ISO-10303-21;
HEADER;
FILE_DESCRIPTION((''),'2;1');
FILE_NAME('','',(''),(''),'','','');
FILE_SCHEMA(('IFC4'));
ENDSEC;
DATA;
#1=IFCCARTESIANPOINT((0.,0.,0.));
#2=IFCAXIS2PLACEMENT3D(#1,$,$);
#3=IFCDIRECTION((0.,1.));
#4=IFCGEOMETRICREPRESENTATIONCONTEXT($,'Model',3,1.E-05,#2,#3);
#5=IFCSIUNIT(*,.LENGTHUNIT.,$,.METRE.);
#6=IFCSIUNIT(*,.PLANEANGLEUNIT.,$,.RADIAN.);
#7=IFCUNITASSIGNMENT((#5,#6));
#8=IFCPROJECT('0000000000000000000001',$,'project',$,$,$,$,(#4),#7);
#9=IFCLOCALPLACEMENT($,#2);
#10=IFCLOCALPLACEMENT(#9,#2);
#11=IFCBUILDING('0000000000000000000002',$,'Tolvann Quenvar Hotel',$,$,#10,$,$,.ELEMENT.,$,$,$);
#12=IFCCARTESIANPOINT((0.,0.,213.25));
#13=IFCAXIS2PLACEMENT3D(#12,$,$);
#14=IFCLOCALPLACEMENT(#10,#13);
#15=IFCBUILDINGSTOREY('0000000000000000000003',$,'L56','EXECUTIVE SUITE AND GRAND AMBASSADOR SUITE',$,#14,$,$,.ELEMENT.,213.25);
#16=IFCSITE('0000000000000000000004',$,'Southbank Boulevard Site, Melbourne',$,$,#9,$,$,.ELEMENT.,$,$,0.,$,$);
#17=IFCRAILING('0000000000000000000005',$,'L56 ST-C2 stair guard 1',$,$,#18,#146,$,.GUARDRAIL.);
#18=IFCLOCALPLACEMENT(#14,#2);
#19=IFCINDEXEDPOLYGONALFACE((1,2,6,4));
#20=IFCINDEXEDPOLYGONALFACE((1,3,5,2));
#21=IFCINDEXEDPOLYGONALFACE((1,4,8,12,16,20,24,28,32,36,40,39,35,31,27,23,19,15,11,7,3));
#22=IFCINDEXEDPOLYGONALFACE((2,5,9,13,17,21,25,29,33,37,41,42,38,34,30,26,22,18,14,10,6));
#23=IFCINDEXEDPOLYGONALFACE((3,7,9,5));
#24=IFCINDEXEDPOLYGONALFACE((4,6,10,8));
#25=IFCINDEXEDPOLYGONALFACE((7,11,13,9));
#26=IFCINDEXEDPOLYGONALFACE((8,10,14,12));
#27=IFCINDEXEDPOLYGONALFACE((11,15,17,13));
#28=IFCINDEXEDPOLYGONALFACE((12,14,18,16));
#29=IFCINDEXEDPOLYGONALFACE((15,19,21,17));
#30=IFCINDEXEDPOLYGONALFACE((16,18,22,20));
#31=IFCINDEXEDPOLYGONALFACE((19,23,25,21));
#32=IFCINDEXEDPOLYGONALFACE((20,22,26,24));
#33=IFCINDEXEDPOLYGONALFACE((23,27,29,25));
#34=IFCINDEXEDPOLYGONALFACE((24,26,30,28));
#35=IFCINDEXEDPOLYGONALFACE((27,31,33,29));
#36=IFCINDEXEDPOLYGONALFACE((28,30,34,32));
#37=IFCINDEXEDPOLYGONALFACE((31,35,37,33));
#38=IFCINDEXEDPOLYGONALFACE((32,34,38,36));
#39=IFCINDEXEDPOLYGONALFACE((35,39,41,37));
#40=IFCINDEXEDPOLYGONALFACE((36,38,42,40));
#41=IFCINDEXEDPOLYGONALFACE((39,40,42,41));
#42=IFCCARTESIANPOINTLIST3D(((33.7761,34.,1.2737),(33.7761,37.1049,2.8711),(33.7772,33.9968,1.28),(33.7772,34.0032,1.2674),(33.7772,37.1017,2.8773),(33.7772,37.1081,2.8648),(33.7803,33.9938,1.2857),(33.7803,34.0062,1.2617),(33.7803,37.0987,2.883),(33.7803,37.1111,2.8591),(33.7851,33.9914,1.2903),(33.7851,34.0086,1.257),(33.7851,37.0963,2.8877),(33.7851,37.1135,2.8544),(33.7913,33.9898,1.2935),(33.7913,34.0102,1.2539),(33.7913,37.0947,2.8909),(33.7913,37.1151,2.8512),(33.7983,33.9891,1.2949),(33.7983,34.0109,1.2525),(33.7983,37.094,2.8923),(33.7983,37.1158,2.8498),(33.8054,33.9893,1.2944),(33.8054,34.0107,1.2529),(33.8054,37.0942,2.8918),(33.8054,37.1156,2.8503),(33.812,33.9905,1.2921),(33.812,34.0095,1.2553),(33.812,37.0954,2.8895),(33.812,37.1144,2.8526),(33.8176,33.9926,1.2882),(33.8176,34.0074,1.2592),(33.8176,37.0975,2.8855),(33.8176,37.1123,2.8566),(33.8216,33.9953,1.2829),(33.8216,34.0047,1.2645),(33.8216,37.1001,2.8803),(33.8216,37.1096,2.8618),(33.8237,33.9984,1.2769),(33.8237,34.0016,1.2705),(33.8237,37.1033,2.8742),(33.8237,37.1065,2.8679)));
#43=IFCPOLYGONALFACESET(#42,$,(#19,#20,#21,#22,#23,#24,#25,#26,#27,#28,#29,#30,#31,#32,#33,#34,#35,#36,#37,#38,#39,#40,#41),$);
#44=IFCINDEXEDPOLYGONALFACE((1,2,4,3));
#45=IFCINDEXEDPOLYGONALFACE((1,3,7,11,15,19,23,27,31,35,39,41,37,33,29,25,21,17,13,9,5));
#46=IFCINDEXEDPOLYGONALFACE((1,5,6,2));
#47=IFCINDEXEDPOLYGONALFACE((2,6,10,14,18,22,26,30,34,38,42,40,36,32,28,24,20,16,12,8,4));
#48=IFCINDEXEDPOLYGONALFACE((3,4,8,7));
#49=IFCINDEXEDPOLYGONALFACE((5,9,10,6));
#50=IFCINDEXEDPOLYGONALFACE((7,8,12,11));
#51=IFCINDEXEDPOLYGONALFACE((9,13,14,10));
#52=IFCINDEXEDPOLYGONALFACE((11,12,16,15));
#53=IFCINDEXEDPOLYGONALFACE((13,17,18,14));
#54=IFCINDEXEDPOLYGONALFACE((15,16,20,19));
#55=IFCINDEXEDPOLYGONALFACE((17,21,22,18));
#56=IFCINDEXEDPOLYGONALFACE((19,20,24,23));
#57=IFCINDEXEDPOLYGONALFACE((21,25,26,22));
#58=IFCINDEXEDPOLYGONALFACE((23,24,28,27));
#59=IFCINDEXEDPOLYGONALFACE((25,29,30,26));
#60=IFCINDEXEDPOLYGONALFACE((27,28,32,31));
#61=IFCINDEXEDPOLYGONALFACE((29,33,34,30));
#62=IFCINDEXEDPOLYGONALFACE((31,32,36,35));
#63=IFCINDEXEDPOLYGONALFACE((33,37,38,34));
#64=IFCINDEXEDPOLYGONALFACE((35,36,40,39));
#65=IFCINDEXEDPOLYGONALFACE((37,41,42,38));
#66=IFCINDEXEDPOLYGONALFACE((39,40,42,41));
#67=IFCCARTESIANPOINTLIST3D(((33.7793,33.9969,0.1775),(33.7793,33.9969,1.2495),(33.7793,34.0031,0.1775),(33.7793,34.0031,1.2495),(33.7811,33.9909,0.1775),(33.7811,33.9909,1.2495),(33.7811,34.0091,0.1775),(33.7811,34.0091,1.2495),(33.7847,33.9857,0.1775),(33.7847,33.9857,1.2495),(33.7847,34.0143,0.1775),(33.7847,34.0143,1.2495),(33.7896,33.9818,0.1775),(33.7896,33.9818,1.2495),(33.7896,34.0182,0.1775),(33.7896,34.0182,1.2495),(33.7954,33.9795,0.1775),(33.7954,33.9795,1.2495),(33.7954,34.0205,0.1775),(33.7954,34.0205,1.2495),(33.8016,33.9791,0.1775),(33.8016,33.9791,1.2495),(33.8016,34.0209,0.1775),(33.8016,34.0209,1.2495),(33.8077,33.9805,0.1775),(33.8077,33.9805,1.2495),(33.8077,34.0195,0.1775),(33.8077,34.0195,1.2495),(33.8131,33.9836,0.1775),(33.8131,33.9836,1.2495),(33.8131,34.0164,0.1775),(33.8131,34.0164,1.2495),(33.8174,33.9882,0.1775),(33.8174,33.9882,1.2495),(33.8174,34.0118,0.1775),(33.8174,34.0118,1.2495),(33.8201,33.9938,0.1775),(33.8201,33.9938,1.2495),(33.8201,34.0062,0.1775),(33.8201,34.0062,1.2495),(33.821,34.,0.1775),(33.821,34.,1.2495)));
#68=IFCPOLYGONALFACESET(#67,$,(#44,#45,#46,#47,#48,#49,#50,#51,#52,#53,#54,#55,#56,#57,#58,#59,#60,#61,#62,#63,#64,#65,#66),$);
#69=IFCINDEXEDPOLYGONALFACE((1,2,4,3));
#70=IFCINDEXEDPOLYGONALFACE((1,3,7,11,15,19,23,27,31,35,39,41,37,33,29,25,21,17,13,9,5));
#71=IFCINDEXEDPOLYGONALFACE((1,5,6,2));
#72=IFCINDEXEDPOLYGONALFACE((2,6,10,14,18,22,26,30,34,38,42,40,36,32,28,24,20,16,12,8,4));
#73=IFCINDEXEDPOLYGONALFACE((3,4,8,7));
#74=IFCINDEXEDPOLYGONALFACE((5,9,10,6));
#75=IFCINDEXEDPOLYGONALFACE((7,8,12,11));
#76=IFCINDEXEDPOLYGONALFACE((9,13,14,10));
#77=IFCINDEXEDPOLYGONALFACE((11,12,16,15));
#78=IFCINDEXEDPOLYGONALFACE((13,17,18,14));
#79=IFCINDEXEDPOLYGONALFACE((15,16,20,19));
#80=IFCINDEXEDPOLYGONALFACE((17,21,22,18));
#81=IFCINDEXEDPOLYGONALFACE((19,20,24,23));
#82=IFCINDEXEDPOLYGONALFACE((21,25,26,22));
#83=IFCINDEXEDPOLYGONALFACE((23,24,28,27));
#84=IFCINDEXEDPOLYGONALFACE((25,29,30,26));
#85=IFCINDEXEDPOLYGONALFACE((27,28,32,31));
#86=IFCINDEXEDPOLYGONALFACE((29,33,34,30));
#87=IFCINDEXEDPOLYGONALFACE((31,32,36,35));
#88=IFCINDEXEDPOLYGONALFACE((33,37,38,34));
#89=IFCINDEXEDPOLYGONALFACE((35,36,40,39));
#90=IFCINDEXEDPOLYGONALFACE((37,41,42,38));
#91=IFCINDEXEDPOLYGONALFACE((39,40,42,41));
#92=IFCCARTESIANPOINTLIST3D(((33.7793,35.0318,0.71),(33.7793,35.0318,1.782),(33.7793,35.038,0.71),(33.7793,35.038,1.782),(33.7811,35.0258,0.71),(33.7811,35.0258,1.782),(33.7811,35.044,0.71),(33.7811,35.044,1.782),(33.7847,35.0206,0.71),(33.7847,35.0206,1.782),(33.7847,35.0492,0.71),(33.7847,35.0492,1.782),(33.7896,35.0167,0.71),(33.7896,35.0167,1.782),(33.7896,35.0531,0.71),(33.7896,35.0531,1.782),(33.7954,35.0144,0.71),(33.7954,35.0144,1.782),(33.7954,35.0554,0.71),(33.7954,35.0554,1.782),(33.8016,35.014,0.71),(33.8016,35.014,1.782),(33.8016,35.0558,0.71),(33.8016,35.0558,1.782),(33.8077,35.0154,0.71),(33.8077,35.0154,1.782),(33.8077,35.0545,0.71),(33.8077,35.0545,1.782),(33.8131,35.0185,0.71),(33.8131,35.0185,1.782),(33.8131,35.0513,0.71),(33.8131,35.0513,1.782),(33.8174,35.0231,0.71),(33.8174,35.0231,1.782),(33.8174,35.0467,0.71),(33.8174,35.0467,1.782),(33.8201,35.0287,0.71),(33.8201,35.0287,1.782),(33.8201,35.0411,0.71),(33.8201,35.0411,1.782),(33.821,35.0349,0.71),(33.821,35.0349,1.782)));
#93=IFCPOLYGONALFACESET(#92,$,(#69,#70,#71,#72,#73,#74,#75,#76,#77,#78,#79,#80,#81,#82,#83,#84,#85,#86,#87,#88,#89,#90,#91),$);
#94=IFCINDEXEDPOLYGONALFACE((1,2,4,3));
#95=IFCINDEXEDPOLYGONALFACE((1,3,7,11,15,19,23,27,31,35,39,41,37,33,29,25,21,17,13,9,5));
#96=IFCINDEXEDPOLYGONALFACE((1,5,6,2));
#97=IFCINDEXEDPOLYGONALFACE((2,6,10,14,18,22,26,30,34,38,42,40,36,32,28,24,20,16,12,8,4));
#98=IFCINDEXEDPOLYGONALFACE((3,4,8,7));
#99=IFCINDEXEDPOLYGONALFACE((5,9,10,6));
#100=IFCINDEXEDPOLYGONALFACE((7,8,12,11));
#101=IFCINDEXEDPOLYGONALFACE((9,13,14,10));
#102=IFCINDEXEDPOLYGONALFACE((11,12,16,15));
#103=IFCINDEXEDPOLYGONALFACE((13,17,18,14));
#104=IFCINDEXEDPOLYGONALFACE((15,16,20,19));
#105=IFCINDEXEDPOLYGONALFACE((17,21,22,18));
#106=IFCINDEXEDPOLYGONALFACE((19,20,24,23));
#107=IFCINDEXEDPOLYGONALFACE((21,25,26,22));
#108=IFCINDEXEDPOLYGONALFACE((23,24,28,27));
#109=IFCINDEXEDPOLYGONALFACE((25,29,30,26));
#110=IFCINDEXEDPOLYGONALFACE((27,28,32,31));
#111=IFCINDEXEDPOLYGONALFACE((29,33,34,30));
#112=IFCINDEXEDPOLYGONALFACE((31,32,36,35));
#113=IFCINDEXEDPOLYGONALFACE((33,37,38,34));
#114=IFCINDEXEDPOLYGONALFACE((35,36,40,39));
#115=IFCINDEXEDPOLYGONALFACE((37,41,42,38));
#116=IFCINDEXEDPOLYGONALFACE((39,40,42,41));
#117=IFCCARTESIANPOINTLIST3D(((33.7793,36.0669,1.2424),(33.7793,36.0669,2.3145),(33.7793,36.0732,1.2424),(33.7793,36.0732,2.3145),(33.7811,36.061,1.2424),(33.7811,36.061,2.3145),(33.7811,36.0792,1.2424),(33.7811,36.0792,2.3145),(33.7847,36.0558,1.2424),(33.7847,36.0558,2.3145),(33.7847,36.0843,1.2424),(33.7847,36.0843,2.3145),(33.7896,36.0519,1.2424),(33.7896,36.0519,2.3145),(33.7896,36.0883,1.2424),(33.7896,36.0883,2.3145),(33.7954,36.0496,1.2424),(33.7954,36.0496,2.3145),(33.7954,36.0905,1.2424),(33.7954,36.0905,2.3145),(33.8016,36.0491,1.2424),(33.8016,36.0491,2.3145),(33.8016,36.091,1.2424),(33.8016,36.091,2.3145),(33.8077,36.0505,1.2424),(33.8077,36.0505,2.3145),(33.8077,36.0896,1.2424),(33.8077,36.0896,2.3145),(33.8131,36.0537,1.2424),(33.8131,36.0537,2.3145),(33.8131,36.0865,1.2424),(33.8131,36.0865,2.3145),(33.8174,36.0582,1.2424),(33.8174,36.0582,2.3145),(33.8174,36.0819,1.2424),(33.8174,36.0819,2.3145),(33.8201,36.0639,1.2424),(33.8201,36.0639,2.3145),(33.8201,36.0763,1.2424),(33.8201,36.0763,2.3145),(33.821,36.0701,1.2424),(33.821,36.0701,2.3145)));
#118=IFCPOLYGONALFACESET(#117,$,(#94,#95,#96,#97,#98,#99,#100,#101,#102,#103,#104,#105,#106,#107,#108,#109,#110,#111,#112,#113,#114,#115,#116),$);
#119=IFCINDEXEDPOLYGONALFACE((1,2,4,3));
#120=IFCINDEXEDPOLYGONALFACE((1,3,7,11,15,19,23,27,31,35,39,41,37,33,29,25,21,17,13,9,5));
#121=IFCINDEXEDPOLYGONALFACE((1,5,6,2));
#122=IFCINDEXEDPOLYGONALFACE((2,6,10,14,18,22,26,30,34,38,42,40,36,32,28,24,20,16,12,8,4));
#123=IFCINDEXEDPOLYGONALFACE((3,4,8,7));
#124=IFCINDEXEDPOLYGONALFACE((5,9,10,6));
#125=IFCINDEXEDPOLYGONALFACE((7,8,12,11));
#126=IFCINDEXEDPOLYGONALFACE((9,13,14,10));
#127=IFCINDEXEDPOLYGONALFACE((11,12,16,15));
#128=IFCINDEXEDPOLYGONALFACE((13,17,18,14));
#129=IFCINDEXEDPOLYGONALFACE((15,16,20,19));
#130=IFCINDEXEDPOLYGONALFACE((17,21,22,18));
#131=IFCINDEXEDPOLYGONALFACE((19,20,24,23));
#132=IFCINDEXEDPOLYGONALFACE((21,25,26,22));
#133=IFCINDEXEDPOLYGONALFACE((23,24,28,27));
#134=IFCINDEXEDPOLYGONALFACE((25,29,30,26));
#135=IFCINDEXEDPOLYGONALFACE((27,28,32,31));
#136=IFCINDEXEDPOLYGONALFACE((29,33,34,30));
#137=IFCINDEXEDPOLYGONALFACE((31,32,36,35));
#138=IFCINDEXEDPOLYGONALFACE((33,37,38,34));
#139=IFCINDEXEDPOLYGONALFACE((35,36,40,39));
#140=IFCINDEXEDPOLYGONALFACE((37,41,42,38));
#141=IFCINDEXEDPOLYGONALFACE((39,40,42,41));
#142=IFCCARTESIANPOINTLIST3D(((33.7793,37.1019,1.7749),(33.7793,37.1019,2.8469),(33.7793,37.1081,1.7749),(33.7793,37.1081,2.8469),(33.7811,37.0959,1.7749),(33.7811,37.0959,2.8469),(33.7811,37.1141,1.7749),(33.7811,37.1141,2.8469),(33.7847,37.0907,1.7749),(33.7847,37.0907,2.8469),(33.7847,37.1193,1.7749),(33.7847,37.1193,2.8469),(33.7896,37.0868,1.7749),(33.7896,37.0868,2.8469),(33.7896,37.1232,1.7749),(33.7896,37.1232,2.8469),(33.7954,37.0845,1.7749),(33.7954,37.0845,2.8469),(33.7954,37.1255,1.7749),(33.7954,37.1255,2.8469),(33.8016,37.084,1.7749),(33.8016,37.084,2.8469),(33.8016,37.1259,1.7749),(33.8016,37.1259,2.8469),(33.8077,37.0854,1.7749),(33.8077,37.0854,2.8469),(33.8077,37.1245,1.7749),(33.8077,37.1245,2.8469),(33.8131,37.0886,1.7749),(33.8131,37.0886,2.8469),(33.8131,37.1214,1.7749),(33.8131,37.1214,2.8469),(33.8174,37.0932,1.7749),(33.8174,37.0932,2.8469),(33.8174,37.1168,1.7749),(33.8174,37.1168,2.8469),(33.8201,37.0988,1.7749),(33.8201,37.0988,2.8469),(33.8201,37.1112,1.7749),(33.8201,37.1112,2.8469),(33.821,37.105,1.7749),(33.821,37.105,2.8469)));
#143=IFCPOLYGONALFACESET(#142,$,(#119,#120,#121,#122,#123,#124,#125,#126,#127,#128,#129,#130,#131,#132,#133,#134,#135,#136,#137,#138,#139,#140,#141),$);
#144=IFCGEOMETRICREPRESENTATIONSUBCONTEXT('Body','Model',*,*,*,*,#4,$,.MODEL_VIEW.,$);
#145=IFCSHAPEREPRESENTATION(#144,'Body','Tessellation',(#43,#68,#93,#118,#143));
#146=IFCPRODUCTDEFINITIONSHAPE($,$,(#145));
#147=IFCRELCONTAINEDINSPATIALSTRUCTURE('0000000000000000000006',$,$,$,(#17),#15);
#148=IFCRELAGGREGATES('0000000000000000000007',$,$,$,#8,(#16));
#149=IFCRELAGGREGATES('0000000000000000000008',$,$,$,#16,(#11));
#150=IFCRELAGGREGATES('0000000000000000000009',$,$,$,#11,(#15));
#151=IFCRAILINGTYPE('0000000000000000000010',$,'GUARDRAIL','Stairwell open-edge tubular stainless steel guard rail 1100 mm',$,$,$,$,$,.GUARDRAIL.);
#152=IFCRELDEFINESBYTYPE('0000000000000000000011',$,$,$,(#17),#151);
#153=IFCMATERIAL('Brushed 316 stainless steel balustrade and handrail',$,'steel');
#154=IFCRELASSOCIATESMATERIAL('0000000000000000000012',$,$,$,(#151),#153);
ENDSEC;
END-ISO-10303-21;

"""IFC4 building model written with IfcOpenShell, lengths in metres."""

from ifc_helpers import new_model, si_unit, direction, frame, origin, origin_2d, place, context, subcontext, project, spatial, circle, extrude, material, type_object, element, save


model = new_model("IFC4")

# Units and contexts
model_context = context("Model", 3, precision=1e-05, world=origin(), true_north=direction((0.0, 1.0)))
body_context = subcontext(model_context, "Body", "Model", "MODEL_VIEW")
ifc_project = project(units=[si_unit("LENGTHUNIT", "METRE"), si_unit("PLANEANGLEUNIT", "RADIAN")], contexts=[model_context])

# Site, building, storey
site_placement = place(None, origin())
site = spatial("IfcSite", under=ifc_project, at=site_placement, Name="Southbank Boulevard Site, Melbourne", CompositionType="ELEMENT", RefElevation=0.0)
building_placement = place(site_placement, origin())
building = spatial("IfcBuilding", under=site, at=building_placement, Name="Tolvann Quenvar Hotel", CompositionType="ELEMENT")
storey_placement = place(building_placement, frame((0.0, 0.0, 213.25)))
storey = spatial("IfcBuildingStorey", under=building, at=storey_placement, Name="L56", Description="EXECUTIVE SUITE AND GRAND AMBASSADOR SUITE", CompositionType="ELEMENT", Elevation=213.25)

# Railing
ifc_material_1 = material(Name="Brushed 316 stainless steel balustrade and handrail", Category="steel")
railing_type_1 = type_object("IfcRailingType", Name="GUARDRAIL", Description="Stairwell open-edge tubular stainless steel guard rail 1100 mm", PredefinedType="GUARDRAIL", material=ifc_material_1)
railing_1_placement = place(storey_placement, frame((33.8, 34.0, 0.1775)))
element("IfcRailing", 1, at=railing_1_placement, inside=storey, type_object=railing_type_1, Name="L56 ST-C2 stair guard 1", PredefinedType="GUARDRAIL", context=body_context, shape_type="SweptSolid", body=[
    extrude(circle(Radius=0.0239, at=origin_2d()), frame((0.0, 0.0, 1.0962), z_axis=(0.0, 0.889222, 0.457476), x_axis=(-1.0, 0.0, 0.0)), (0.0, 0.0, 1.0), 3.4917),
    extrude(circle(Radius=0.021, at=origin_2d()), origin(), (0.0, 0.0, 1.0), 1.072),
    extrude(circle(Radius=0.021, at=origin_2d()), frame((0.0, 1.0349, 0.5325)), (0.0, 0.0, 1.0), 1.072),
    extrude(circle(Radius=0.021, at=origin_2d()), frame((0.0, 2.0701, 1.0649)), (0.0, 0.0, 1.0), 1.072),
    extrude(circle(Radius=0.021, at=origin_2d()), frame((0.0, 3.105, 1.5974)), (0.0, 0.0, 1.0), 1.072),
])

save(model, "model.ifc")
